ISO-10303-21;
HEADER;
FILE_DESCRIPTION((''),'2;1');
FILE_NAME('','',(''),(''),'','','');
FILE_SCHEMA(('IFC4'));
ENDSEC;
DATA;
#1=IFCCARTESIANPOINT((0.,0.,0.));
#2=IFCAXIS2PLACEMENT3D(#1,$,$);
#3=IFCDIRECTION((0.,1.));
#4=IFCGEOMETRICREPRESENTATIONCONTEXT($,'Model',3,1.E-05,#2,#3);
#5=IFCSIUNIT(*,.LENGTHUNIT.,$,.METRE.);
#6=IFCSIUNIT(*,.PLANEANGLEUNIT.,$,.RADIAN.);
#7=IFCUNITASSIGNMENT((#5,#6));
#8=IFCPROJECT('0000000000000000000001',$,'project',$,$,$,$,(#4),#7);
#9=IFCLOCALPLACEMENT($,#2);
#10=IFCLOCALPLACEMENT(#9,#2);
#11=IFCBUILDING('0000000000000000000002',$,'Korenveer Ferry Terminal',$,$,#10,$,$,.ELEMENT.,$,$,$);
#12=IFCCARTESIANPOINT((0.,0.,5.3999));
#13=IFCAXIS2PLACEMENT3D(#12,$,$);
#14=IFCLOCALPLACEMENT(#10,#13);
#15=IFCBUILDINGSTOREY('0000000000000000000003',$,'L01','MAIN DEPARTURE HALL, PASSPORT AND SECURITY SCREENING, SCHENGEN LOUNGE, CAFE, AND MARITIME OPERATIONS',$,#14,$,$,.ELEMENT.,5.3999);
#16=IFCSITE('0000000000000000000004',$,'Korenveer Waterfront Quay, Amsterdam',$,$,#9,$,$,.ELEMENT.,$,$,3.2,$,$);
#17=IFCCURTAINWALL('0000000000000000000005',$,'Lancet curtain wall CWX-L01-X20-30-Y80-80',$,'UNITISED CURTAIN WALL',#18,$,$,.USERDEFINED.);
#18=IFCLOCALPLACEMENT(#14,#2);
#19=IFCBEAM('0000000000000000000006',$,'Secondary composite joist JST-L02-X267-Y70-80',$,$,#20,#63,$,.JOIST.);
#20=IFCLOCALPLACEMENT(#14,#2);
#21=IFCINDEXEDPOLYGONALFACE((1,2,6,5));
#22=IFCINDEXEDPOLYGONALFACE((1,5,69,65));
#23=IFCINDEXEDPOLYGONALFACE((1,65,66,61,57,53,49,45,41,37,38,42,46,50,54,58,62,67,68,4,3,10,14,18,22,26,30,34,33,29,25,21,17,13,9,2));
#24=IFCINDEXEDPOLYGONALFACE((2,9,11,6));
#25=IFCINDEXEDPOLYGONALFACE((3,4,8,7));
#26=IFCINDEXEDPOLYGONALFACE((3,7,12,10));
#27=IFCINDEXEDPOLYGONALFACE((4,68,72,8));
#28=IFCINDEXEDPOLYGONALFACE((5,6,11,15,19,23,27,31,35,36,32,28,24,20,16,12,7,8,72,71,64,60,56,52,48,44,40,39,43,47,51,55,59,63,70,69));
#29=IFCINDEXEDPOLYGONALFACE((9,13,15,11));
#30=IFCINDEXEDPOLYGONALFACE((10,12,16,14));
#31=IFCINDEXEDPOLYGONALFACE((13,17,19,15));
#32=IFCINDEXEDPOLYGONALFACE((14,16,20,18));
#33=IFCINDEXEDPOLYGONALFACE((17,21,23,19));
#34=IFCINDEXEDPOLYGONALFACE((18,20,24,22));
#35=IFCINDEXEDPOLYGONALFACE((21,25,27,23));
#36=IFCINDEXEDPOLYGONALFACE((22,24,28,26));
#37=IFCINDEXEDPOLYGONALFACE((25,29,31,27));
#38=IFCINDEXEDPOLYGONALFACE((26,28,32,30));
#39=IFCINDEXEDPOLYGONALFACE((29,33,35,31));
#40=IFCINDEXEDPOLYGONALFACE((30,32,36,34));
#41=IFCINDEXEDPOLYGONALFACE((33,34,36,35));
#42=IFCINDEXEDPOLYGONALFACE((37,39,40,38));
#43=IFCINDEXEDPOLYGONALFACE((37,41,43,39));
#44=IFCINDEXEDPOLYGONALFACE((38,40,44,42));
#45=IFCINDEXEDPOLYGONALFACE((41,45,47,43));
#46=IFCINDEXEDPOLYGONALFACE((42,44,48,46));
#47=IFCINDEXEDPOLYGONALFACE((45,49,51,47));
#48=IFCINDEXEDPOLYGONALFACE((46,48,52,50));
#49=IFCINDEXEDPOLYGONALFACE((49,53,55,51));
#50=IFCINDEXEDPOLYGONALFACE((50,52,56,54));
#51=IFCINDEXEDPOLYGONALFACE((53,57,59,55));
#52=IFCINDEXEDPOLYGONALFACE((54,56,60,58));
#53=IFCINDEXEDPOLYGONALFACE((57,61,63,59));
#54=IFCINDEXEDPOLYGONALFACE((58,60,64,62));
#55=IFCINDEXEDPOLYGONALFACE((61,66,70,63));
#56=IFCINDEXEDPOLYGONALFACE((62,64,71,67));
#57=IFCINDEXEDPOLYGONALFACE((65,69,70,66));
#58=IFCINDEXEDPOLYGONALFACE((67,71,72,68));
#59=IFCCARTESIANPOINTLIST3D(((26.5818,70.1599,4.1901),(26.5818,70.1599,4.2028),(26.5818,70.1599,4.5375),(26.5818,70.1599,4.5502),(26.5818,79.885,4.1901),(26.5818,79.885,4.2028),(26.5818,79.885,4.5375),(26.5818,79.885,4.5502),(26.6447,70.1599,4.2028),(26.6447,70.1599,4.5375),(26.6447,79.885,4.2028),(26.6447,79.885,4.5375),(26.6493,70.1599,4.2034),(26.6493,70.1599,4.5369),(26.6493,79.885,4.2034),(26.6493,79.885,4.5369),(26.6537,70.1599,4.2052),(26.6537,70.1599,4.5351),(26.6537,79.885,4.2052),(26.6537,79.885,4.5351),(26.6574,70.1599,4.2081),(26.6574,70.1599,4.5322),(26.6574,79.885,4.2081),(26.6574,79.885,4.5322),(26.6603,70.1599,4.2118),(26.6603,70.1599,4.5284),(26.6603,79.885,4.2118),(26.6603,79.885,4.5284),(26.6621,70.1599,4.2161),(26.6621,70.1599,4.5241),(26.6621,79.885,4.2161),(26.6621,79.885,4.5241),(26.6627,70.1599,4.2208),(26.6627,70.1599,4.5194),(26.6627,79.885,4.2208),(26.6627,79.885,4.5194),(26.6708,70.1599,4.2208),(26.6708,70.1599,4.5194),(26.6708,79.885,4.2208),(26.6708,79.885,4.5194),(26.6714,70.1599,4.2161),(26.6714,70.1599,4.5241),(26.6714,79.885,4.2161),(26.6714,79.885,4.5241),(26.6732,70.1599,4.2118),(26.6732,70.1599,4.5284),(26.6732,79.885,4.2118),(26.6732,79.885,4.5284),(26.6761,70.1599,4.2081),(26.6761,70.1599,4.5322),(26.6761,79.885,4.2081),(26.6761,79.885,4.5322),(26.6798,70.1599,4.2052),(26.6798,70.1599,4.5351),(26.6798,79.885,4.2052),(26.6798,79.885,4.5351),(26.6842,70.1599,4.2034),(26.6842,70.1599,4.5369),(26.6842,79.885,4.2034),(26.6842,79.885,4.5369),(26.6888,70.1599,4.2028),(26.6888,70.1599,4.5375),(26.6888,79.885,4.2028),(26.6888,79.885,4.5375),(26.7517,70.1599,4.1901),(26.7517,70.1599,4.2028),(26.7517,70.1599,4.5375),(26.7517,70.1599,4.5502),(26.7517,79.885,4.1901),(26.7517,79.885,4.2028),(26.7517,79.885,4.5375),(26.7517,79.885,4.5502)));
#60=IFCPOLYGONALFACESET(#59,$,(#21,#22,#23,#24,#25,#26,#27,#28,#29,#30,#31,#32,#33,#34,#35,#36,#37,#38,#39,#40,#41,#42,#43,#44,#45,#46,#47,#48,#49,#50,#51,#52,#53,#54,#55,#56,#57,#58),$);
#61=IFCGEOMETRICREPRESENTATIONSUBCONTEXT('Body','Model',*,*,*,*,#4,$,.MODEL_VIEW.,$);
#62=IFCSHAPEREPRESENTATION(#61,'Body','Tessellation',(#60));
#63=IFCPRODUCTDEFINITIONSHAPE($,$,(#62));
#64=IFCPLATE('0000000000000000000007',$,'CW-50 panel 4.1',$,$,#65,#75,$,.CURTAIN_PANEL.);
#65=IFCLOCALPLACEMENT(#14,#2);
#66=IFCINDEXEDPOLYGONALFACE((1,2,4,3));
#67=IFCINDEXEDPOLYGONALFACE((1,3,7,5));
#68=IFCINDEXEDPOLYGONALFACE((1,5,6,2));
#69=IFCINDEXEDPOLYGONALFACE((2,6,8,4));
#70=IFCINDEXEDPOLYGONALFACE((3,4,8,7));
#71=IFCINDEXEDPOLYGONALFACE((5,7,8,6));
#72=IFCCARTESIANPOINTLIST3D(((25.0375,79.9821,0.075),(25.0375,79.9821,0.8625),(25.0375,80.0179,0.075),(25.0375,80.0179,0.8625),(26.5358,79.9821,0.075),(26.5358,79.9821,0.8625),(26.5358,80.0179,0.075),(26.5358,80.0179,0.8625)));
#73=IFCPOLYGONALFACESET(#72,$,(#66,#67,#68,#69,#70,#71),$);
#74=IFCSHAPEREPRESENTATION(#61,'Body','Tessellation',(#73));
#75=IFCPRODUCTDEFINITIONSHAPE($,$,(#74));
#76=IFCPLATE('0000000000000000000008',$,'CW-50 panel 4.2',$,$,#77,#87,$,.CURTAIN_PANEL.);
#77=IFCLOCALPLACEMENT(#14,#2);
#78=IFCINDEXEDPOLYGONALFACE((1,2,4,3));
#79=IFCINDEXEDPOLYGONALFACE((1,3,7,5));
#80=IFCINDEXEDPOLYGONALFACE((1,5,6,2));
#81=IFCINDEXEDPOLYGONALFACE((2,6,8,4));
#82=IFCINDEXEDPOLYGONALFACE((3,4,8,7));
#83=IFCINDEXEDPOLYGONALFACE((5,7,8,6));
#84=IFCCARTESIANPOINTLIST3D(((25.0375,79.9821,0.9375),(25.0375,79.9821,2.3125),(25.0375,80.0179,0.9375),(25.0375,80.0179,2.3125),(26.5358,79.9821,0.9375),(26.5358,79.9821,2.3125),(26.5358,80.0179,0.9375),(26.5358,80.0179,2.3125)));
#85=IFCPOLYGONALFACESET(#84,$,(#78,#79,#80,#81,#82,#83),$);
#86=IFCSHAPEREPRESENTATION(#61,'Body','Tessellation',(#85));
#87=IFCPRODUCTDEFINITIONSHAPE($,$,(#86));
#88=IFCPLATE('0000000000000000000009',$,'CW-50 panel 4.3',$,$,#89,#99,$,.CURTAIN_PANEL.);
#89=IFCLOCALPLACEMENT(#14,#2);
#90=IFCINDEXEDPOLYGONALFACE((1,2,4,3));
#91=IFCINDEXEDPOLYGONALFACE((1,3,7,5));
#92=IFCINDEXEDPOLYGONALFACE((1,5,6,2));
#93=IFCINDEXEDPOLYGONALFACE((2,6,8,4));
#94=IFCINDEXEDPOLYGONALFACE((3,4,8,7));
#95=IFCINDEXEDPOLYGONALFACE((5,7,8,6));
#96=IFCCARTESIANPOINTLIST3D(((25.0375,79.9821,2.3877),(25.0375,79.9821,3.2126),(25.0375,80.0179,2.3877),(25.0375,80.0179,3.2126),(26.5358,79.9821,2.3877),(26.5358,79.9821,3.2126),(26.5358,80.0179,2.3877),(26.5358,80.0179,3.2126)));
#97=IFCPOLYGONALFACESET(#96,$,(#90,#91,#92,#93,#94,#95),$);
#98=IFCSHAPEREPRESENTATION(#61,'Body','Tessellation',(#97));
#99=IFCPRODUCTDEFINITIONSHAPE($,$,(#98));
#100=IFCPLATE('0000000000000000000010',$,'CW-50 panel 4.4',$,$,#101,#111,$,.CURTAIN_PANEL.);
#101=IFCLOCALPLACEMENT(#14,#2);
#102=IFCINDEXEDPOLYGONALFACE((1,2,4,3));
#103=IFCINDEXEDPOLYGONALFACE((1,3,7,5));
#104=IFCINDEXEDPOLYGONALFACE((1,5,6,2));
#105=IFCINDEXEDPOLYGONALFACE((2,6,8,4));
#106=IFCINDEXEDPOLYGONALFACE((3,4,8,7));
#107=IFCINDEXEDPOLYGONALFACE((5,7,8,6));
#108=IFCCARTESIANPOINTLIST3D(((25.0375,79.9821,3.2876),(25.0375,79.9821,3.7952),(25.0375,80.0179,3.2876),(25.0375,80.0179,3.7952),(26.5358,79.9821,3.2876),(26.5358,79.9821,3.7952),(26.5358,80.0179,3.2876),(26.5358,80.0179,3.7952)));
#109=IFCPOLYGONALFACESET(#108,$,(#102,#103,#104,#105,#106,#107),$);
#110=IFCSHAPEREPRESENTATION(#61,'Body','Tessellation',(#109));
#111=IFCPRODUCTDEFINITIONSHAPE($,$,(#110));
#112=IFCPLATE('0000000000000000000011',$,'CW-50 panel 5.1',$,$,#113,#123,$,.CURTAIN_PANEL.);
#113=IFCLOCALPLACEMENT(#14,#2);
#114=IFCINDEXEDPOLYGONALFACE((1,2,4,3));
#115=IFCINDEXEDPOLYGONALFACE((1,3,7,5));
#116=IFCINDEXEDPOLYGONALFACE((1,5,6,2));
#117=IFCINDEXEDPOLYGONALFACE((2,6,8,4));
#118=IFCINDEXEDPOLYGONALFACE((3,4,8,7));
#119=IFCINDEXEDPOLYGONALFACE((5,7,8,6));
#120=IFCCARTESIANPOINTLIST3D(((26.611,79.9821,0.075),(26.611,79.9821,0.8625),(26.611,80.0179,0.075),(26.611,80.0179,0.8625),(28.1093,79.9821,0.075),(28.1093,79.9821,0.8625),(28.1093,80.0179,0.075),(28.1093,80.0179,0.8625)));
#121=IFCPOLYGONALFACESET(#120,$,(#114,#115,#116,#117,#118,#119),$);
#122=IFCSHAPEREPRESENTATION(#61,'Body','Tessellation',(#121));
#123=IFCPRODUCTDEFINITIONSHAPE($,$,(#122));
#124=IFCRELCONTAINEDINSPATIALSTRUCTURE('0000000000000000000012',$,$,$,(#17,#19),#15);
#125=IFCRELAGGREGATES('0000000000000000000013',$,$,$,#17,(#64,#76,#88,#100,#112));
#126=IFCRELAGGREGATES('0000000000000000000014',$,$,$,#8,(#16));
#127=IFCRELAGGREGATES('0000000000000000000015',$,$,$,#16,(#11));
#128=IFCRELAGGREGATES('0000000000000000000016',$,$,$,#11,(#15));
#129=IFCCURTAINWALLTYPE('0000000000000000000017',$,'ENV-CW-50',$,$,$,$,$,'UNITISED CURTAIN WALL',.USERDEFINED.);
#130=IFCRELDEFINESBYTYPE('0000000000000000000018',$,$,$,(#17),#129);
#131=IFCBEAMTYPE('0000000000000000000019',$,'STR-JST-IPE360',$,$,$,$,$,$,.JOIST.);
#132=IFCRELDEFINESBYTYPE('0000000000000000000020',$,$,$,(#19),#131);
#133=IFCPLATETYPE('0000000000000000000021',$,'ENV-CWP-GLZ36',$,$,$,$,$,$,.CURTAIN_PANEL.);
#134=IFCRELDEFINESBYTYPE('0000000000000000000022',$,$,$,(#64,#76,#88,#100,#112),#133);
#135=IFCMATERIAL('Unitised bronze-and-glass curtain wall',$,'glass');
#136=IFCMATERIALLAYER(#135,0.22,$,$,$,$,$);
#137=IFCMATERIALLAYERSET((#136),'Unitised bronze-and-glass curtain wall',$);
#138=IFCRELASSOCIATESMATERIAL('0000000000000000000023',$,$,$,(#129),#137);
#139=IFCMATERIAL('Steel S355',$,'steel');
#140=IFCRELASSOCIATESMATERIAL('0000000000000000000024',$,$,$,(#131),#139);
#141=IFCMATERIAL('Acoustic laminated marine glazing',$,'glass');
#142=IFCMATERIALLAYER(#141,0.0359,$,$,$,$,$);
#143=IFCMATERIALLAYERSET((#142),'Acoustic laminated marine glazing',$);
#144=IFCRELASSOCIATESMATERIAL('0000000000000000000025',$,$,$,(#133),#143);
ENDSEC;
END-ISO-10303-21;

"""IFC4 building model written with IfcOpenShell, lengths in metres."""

from ifc_helpers import new_model, si_unit, direction, frame, origin, origin_2d, place, context, subcontext, project, spatial, rectangle, i_section, extrude, material, layer, layer_set, material_profile, profile_set, type_object, element, aggregate, save


model = new_model("IFC4")

# Units and contexts
model_context = context("Model", 3, precision=1e-05, world=origin(), true_north=direction((0.0, 1.0)))
body_context = subcontext(model_context, "Body", "Model", "MODEL_VIEW")
ifc_project = project(units=[si_unit("LENGTHUNIT", "METRE"), si_unit("PLANEANGLEUNIT", "RADIAN")], contexts=[model_context])

# Site, building, storey
site_placement = place(None, origin())
site = spatial("IfcSite", under=ifc_project, at=site_placement, Name="Korenveer Waterfront Quay, Amsterdam", CompositionType="ELEMENT", RefElevation=3.2)
building_placement = place(site_placement, origin())
building = spatial("IfcBuilding", under=site, at=building_placement, Name="Korenveer Ferry Terminal", CompositionType="ELEMENT")
storey_placement = place(building_placement, frame((0.0, 0.0, 5.3999)))
storey = spatial("IfcBuildingStorey", under=building, at=storey_placement, Name="L01", Description="MAIN DEPARTURE HALL, PASSPORT AND SECURITY SCREENING, SCHENGEN LOUNGE, CAFE, AND MARITIME OPERATIONS", CompositionType="ELEMENT", Elevation=5.3999)

# Curtain wall
ifc_material_1 = material(Name="Unitised bronze-and-glass curtain wall", Category="glass")
ifc_layer_1 = layer(ifc_material_1, 0.22)
ifc_layer_set_1 = layer_set([ifc_layer_1], Name="Unitised bronze-and-glass curtain wall")
curtain_wall_type = type_object("IfcCurtainWallType", Name="ENV-CW-50", ElementType="UNITISED CURTAIN WALL", PredefinedType="USERDEFINED", material=ifc_layer_set_1)
curtain_wall_placement = place(storey_placement, frame((20.28, 80.0, 0.0)))
curtain_wall = element("IfcCurtainWall", 1, at=curtain_wall_placement, inside=storey, type_object=curtain_wall_type, Name="Lancet curtain wall CWX-L01-X20-30-Y80-80", ObjectType="UNITISED CURTAIN WALL", PredefinedType="USERDEFINED")

# Beam
ifc_material_2 = material(Name="Steel S355", Category="steel")
ifc_material_profile_1 = material_profile(ifc_material_2, i_section(OverallWidth=0.1699, OverallDepth=0.3601, WebThickness=0.0081, FlangeThickness=0.0127, FilletRadius=0.0181, at=origin_2d()), Name="IPE 360")
ifc_profile_set_1 = profile_set([ifc_material_profile_1], Name="Steel S355")
beam_type = type_object("IfcBeamType", Name="STR-JST-IPE360", PredefinedType="JOIST", material=ifc_profile_set_1)
beam_placement = place(storey_placement, frame((26.6667, 70.1599, 4.3701), z_axis=(0.0, 1.0, 0.0), x_axis=(-1.0, 0.0, 0.0)))
element("IfcBeam", 2, at=beam_placement, inside=storey, type_object=beam_type, Name="Secondary composite joist JST-L02-X267-Y70-80", PredefinedType="JOIST", context=body_context, shape_type="SweptSolid", body=[
    extrude(i_section(OverallWidth=0.1699, OverallDepth=0.3601, WebThickness=0.0081, FlangeThickness=0.0127, FilletRadius=0.0181, at=origin_2d()), origin(), (0.0, 0.0, 1.0), 9.7251),
])

# Plates
ifc_material_3 = material(Name="Acoustic laminated marine glazing", Category="glass")
ifc_layer_2 = layer(ifc_material_3, 0.0359)
ifc_layer_set_2 = layer_set([ifc_layer_2], Name="Acoustic laminated marine glazing")
plate_type = type_object("IfcPlateType", Name="ENV-CWP-GLZ36", PredefinedType="CURTAIN_PANEL", material=ifc_layer_set_2)
plate_1_placement = place(storey_placement, frame((25.7866, 80.0, 0.075), z_axis=(0.0, 0.0, 1.0), x_axis=(1.0, 0.0, 0.0)))
plate_1 = element("IfcPlate", 3, at=plate_1_placement, type_object=plate_type, Name="CW-50 panel 4.1", PredefinedType="CURTAIN_PANEL", context=body_context, shape_type="SweptSolid", body=[
    extrude(rectangle(XDim=1.4983, YDim=0.0359, at=origin_2d()), origin(), (0.0, 0.0, 1.0), 0.7876),
])
plate_2_placement = place(storey_placement, frame((25.7866, 80.0, 0.9375), z_axis=(0.0, 0.0, 1.0), x_axis=(1.0, 0.0, 0.0)))
plate_2 = element("IfcPlate", 4, at=plate_2_placement, type_object=plate_type, Name="CW-50 panel 4.2", PredefinedType="CURTAIN_PANEL", context=body_context, shape_type="SweptSolid", body=[
    extrude(rectangle(XDim=1.4983, YDim=0.0359, at=origin_2d()), origin(), (0.0, 0.0, 1.0), 1.375),
])
plate_3_placement = place(storey_placement, frame((25.7866, 80.0, 2.3877), z_axis=(0.0, 0.0, 1.0), x_axis=(1.0, 0.0, 0.0)))
plate_3 = element("IfcPlate", 5, at=plate_3_placement, type_object=plate_type, Name="CW-50 panel 4.3", PredefinedType="CURTAIN_PANEL", context=body_context, shape_type="SweptSolid", body=[
    extrude(rectangle(XDim=1.4983, YDim=0.0359, at=origin_2d()), origin(), (0.0, 0.0, 1.0), 0.825),
])
plate_4_placement = place(storey_placement, frame((25.7866, 80.0, 3.2876), z_axis=(0.0, 0.0, 1.0), x_axis=(1.0, 0.0, 0.0)))
plate_4 = element("IfcPlate", 6, at=plate_4_placement, type_object=plate_type, Name="CW-50 panel 4.4", PredefinedType="CURTAIN_PANEL", context=body_context, shape_type="SweptSolid", body=[
    extrude(rectangle(XDim=1.4983, YDim=0.0359, at=origin_2d()), origin(), (0.0, 0.0, 1.0), 0.5076),
])
plate_5_placement = place(storey_placement, frame((27.3601, 80.0, 0.075), z_axis=(0.0, 0.0, 1.0), x_axis=(1.0, 0.0, 0.0)))
plate_5 = element("IfcPlate", 7, at=plate_5_placement, type_object=plate_type, Name="CW-50 panel 5.1", PredefinedType="CURTAIN_PANEL", context=body_context, shape_type="SweptSolid", body=[
    extrude(rectangle(XDim=1.4983, YDim=0.0359, at=origin_2d()), origin(), (0.0, 0.0, 1.0), 0.7876),
])
aggregate(curtain_wall, [plate_1, plate_2, plate_3, plate_4, plate_5])

save(model, "model.ifc")
